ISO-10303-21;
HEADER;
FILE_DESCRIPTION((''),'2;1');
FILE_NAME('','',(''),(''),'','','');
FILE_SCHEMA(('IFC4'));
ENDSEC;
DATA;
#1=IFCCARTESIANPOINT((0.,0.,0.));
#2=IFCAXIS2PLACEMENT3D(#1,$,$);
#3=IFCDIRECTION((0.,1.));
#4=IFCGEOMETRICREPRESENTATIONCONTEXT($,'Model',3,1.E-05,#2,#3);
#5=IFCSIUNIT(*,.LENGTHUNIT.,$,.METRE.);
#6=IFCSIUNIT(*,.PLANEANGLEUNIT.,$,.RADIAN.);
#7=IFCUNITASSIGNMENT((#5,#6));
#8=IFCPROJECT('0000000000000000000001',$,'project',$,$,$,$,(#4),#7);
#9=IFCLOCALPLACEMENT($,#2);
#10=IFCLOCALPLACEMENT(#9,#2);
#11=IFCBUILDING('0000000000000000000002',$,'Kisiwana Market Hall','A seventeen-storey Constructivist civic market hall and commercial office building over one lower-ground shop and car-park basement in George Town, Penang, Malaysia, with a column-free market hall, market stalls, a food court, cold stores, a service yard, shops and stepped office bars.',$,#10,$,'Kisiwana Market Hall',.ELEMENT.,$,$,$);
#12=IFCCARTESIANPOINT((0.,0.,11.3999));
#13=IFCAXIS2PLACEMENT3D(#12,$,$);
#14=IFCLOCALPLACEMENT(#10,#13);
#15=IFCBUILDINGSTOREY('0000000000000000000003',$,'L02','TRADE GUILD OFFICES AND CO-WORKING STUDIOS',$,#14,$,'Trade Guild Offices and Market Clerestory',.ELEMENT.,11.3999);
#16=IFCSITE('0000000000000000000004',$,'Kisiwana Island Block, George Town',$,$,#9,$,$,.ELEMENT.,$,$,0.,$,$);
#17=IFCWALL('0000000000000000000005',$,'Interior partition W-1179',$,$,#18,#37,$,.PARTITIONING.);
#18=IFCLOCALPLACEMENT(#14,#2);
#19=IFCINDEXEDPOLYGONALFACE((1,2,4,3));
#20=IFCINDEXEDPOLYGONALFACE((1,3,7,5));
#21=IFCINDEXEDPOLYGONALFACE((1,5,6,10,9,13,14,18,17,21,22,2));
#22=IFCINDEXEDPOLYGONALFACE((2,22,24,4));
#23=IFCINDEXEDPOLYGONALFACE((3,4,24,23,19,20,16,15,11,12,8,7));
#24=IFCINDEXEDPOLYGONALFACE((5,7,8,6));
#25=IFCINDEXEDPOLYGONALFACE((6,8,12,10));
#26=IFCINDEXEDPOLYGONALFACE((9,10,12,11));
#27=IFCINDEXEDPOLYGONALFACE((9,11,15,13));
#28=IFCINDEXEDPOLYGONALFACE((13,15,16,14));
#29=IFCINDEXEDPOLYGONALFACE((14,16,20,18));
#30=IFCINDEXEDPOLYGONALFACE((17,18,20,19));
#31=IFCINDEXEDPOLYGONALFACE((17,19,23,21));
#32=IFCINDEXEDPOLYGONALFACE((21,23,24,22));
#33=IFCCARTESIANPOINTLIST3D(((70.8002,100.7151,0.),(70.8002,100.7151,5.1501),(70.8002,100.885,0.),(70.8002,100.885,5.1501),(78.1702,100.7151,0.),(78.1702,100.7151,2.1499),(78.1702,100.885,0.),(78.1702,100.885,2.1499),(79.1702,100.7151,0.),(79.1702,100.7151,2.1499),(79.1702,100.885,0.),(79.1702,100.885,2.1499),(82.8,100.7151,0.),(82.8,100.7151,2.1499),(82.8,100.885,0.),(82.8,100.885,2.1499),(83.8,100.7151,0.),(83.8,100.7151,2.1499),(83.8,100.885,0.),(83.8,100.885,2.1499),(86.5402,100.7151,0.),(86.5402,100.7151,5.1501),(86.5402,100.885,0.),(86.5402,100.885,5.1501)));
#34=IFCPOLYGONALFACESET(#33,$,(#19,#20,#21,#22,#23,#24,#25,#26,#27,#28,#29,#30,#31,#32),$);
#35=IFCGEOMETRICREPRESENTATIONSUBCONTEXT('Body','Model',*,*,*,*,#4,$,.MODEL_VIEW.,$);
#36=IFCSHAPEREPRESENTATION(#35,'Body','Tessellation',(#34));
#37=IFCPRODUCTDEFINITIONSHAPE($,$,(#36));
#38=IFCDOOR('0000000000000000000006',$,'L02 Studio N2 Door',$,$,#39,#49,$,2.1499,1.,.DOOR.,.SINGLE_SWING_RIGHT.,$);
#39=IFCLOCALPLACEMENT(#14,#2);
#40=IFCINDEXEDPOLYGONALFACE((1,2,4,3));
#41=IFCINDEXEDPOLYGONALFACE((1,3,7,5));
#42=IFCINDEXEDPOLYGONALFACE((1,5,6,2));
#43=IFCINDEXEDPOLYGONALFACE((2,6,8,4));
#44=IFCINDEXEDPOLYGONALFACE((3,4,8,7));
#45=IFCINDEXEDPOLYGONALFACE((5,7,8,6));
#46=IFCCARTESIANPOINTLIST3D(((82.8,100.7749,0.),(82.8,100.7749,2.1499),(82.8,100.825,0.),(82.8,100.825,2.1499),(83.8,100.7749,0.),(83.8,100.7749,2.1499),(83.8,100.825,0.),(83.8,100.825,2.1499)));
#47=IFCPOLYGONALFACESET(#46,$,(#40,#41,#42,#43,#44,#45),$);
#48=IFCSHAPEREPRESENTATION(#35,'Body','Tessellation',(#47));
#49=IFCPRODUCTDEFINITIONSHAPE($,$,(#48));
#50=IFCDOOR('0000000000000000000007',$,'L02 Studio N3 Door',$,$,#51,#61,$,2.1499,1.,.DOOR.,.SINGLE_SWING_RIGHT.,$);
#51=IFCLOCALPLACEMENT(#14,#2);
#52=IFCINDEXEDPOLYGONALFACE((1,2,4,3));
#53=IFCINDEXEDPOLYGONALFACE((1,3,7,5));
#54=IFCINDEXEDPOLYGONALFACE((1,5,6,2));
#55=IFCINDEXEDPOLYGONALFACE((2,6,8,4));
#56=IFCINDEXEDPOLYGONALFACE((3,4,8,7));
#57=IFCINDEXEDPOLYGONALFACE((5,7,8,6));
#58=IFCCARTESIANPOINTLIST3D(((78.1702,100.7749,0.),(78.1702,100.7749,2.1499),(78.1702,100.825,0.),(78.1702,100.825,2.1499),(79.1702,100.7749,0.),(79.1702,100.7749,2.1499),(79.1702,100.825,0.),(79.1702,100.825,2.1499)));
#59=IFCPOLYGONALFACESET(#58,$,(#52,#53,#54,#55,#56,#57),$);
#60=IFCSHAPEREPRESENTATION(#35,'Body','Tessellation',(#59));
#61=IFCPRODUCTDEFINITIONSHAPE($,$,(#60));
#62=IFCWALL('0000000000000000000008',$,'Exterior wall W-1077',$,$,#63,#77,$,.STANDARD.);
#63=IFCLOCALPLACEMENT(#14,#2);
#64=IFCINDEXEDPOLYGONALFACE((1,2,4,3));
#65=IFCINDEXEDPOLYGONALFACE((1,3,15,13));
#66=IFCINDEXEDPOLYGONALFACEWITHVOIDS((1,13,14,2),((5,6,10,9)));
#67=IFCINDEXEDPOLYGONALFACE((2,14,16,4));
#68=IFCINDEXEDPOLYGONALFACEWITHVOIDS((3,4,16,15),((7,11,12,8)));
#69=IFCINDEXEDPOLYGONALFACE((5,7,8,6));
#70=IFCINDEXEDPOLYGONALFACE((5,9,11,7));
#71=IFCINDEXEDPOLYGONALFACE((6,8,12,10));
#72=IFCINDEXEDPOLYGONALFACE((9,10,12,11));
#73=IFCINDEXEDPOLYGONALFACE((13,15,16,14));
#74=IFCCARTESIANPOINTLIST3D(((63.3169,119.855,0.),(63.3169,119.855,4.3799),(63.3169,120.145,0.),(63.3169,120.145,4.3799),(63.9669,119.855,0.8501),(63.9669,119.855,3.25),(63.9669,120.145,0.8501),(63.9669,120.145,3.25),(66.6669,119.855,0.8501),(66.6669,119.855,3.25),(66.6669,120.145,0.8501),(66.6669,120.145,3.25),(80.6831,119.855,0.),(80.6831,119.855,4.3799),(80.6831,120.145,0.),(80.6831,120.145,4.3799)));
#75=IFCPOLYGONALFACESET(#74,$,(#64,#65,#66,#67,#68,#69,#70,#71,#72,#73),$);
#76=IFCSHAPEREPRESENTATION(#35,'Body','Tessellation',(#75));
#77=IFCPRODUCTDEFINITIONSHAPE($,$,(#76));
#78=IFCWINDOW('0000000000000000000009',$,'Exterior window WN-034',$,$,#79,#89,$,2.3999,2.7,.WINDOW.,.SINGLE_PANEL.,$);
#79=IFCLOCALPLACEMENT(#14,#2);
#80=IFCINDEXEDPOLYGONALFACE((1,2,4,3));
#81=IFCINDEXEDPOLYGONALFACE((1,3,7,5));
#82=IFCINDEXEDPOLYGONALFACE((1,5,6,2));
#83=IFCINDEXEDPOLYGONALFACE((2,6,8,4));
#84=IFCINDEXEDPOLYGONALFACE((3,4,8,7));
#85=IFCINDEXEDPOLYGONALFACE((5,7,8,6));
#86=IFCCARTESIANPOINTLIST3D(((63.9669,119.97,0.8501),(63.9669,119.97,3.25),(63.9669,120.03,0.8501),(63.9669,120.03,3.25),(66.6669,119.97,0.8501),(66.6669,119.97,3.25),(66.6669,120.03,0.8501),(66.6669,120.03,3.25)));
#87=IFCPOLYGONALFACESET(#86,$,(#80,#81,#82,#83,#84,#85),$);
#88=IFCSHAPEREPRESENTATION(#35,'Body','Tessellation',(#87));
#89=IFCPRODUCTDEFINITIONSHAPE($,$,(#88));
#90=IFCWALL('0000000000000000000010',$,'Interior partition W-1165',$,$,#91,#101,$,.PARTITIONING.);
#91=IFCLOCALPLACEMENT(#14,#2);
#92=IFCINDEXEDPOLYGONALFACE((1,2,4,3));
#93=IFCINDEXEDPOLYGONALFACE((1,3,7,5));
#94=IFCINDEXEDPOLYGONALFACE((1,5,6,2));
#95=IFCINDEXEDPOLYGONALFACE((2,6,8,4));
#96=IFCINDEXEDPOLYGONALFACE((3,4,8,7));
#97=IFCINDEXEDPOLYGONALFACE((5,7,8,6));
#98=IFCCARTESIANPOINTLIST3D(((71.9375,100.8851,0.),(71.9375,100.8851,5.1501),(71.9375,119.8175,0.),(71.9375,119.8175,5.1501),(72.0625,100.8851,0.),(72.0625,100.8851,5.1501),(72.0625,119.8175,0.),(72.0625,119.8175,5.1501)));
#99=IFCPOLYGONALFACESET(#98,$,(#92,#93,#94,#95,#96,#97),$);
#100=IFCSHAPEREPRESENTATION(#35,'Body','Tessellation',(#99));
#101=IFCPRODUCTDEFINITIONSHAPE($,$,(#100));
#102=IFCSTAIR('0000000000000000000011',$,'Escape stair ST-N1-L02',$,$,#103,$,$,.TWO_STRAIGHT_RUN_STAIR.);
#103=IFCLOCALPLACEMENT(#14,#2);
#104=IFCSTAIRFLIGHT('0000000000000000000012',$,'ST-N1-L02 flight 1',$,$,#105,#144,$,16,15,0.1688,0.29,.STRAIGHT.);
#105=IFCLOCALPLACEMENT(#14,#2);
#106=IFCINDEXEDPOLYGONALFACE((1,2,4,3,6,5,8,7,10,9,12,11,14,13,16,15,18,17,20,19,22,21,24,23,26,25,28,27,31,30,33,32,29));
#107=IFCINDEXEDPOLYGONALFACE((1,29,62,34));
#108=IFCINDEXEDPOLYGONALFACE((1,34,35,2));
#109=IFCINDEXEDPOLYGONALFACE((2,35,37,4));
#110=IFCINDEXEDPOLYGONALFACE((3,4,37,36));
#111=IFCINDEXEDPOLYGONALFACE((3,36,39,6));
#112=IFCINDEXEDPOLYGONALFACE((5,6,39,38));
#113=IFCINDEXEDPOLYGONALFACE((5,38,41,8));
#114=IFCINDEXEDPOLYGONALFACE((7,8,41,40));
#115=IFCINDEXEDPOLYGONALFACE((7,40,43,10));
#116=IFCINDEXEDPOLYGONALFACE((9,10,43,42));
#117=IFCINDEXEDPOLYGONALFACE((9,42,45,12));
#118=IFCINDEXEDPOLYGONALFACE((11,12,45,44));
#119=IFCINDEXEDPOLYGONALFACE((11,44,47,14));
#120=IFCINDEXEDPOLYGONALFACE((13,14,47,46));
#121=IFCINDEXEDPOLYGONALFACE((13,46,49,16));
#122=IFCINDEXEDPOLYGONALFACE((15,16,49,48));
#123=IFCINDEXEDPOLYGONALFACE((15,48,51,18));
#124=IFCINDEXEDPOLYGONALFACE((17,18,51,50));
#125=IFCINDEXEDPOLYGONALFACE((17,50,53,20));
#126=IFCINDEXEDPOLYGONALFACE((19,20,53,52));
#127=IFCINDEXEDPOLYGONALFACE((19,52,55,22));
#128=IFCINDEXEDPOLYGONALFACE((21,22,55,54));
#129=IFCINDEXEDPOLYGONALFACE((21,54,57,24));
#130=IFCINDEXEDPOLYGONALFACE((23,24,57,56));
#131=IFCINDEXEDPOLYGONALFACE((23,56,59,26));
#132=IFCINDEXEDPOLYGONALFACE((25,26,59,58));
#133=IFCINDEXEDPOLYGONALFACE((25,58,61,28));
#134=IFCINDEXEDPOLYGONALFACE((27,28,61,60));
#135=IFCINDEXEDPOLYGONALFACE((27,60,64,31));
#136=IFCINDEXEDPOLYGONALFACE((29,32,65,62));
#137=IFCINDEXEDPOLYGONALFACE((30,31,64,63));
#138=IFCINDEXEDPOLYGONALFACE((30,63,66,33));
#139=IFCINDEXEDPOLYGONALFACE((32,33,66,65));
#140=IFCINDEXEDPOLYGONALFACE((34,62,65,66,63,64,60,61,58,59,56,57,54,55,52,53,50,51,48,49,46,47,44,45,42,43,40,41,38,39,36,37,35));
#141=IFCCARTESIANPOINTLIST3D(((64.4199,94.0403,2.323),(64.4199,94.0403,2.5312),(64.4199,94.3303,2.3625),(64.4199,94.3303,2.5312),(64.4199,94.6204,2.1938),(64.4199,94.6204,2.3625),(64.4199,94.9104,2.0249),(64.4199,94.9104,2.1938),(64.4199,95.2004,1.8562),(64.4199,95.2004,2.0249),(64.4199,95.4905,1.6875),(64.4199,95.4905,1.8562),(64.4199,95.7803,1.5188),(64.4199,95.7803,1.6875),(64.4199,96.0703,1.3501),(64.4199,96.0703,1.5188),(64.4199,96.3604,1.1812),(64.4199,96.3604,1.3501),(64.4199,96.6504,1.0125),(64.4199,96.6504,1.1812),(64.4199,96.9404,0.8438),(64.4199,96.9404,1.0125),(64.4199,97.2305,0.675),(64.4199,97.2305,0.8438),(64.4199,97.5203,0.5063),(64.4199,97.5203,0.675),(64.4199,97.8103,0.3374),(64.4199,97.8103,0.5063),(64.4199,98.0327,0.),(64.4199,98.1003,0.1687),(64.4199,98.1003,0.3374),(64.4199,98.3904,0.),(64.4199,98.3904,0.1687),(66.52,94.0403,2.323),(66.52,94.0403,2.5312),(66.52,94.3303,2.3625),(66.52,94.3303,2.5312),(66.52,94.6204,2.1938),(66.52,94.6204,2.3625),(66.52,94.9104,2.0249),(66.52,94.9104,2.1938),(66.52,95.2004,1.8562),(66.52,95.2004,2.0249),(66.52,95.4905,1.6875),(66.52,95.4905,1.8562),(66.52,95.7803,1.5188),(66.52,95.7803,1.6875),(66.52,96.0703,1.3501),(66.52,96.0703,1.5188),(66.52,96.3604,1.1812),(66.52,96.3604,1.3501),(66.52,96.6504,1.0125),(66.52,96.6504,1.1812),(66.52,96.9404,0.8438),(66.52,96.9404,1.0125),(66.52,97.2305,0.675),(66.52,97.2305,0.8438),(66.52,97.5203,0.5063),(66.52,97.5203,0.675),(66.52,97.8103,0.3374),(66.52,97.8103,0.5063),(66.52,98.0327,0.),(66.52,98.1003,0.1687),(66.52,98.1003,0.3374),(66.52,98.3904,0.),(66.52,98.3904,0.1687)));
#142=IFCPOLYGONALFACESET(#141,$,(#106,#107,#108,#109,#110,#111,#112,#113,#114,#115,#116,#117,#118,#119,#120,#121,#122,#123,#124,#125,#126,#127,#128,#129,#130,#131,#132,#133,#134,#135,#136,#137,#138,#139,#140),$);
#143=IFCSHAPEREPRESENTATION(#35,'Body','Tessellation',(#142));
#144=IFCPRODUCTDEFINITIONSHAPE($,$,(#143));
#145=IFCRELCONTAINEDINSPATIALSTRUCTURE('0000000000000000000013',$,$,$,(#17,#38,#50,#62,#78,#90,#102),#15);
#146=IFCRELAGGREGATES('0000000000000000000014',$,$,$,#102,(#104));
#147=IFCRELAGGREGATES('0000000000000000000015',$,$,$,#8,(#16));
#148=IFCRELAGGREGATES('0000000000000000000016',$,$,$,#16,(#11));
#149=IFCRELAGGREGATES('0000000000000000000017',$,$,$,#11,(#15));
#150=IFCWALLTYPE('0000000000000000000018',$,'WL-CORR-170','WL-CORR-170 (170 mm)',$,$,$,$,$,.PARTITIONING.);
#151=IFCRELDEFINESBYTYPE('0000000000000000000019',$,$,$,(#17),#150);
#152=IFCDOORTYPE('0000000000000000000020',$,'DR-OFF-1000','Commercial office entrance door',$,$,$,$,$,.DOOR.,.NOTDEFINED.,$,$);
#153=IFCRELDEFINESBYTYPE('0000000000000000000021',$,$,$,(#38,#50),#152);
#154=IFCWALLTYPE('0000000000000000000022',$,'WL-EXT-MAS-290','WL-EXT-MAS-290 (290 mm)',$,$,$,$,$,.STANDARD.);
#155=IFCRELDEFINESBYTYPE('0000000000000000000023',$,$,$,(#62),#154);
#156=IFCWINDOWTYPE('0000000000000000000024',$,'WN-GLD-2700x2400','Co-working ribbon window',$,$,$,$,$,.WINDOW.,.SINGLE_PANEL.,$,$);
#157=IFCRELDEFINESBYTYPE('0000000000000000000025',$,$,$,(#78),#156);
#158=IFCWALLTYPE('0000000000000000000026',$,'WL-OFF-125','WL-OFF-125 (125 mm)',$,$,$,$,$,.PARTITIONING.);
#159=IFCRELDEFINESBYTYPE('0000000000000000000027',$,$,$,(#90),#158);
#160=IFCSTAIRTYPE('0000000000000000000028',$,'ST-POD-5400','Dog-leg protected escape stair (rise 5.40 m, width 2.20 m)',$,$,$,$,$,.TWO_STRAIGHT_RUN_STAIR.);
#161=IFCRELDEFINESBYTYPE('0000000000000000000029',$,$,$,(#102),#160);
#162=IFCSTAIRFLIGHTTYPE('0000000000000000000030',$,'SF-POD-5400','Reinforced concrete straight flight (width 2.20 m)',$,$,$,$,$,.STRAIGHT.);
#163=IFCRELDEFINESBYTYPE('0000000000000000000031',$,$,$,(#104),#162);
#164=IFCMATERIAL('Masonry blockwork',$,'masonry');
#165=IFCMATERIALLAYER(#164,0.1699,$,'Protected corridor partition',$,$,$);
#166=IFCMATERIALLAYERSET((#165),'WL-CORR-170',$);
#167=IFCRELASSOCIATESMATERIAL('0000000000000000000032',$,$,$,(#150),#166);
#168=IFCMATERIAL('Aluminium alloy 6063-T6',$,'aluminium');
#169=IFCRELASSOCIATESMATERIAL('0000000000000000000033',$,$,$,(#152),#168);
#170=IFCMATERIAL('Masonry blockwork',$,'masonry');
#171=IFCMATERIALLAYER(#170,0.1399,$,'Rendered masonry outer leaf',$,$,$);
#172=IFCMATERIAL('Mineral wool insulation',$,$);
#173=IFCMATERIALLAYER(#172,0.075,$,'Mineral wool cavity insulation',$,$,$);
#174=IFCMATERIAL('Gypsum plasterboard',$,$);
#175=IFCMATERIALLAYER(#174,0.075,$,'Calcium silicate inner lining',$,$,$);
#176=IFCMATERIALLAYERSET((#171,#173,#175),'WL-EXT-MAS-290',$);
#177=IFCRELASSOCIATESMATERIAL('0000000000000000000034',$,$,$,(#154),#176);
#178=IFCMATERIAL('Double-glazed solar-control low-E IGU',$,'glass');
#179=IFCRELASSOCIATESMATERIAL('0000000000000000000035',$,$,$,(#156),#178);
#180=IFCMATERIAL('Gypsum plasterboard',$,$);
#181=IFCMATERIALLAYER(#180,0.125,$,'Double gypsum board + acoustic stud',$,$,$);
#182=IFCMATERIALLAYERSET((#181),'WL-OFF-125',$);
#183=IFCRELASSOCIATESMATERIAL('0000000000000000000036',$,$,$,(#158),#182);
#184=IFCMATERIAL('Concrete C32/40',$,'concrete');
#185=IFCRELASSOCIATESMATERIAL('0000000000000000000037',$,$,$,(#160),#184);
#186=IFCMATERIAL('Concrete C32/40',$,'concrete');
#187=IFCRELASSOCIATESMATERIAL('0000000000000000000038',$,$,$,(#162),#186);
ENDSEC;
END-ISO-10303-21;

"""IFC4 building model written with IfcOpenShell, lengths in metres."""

from ifc_helpers import new_model, si_unit, direction, frame, frame_2d, origin, place, context, subcontext, project, spatial, polyline, rectangle, outline, extrude, material, layer, layer_set, type_object, element, fill, aggregate, save


model = new_model("IFC4")

# Units and contexts
model_context = context("Model", 3, precision=1e-05, world=origin(), true_north=direction((0.0, 1.0)))
body_context = subcontext(model_context, "Body", "Model", "MODEL_VIEW")
ifc_project = project(units=[si_unit("LENGTHUNIT", "METRE"), si_unit("PLANEANGLEUNIT", "RADIAN")], contexts=[model_context])

# Site, building, storey
site_placement = place(None, origin())
site = spatial("IfcSite", under=ifc_project, at=site_placement, Name="Kisiwana Island Block, George Town", CompositionType="ELEMENT", RefElevation=0.0)
building_placement = place(site_placement, origin())
building = spatial("IfcBuilding", under=site, at=building_placement, Name="Kisiwana Market Hall", Description="A seventeen-storey Constructivist civic market hall and commercial office building over one lower-ground shop and car-park basement in George Town, Penang, Malaysia, with a column-free market hall, market stalls, a food court, cold stores, a service yard, shops and stepped office bars.", LongName="Kisiwana Market Hall", CompositionType="ELEMENT")
storey_placement = place(building_placement, frame((0.0, 0.0, 11.3999)))
storey = spatial("IfcBuildingStorey", under=building, at=storey_placement, Name="L02", Description="TRADE GUILD OFFICES AND CO-WORKING STUDIOS", LongName="Trade Guild Offices and Market Clerestory", CompositionType="ELEMENT", Elevation=11.3999)

# Wall, openings, doors
ifc_material_1 = material(Name="Masonry blockwork", Category="masonry")
ifc_layer_1 = layer(ifc_material_1, 0.1699, Name="Protected corridor partition")
ifc_layer_set_1 = layer_set([ifc_layer_1], Name="WL-CORR-170")
wall_type_1 = type_object("IfcWallType", Name="WL-CORR-170", Description="WL-CORR-170 (170 mm)", PredefinedType="PARTITIONING", material=ifc_layer_set_1)
wall_1_placement = place(storey_placement, frame((70.8, 100.8, 0.0), z_axis=(0.0, 0.0, 1.0), x_axis=(1.0, 0.0, 0.0)))
wall_1 = element("IfcWall", 1, at=wall_1_placement, inside=storey, type_object=wall_type_1, Name="Interior partition W-1179", PredefinedType="PARTITIONING", context=body_context, shape_type="SweptSolid", body=[
    extrude(rectangle(XDim=15.74, YDim=0.1699, at=frame_2d((7.8701, 0.0))), origin(), (0.0, 0.0, 1.0), 5.1501),
])
opening_1_placement = place(wall_1_placement, frame((12.0, 0.0, 0.0)))
opening_1 = element("IfcOpeningElement", 2, at=opening_1_placement, cuts=wall_1, PredefinedType="OPENING", context=body_context, shape_type="SweptSolid", body=[
    extrude(rectangle(XDim=1.0, YDim=2.1499, at=frame_2d((0.5, 1.075))), frame((0.0, 0.0969, 0.0), z_axis=(0.0, -1.0, 0.0), x_axis=(1.0, 0.0, 0.0)), (0.0, 0.0, 1.0), 0.1938),
])
opening_2_placement = place(wall_1_placement, frame((7.3701, 0.0, 0.0)))
opening_2 = element("IfcOpeningElement", 3, at=opening_2_placement, cuts=wall_1, PredefinedType="OPENING", context=body_context, shape_type="SweptSolid", body=[
    extrude(rectangle(XDim=1.0, YDim=2.1499, at=frame_2d((0.5, 1.075))), frame((0.0, 0.0969, 0.0), z_axis=(0.0, -1.0, 0.0), x_axis=(1.0, 0.0, 0.0)), (0.0, 0.0, 1.0), 0.1938),
])
ifc_material_2 = material(Name="Aluminium alloy 6063-T6", Category="aluminium")
door_type = type_object("IfcDoorType", Name="DR-OFF-1000", Description="Commercial office entrance door", OperationType="NOTDEFINED", PredefinedType="DOOR", material=ifc_material_2)
door_1_placement = place(opening_1_placement, origin())
door_1 = element("IfcDoor", 4, at=door_1_placement, inside=storey, type_object=door_type, Name="L02 Studio N2 Door", OperationType="SINGLE_SWING_RIGHT", OverallHeight=2.1499, OverallWidth=1.0, PredefinedType="DOOR", context=body_context, shape_type="SweptSolid", body=[
    extrude(rectangle(XDim=1.0, YDim=2.1499, at=frame_2d((0.5, 1.075))), frame((0.0, 0.0249, 0.0), z_axis=(0.0, -1.0, 0.0), x_axis=(1.0, 0.0, 0.0)), (0.0, 0.0, 1.0), 0.05),
])
fill(opening_1, door_1)
door_2_placement = place(opening_2_placement, origin())
door_2 = element("IfcDoor", 5, at=door_2_placement, inside=storey, type_object=door_type, Name="L02 Studio N3 Door", OperationType="SINGLE_SWING_RIGHT", OverallHeight=2.1499, OverallWidth=1.0, PredefinedType="DOOR", context=body_context, shape_type="SweptSolid", body=[
    extrude(rectangle(XDim=1.0, YDim=2.1499, at=frame_2d((0.5, 1.075))), frame((0.0, 0.0249, 0.0), z_axis=(0.0, -1.0, 0.0), x_axis=(1.0, 0.0, 0.0)), (0.0, 0.0, 1.0), 0.05),
])
fill(opening_2, door_2)

# Wall, opening, window
ifc_material_3 = material(Name="Masonry blockwork", Category="masonry")
ifc_layer_2 = layer(ifc_material_3, 0.1399, Name="Rendered masonry outer leaf")
ifc_material_4 = material(Name="Mineral wool insulation")
ifc_layer_3 = layer(ifc_material_4, 0.075, Name="Mineral wool cavity insulation")
ifc_material_5 = material(Name="Gypsum plasterboard")
ifc_layer_4 = layer(ifc_material_5, 0.075, Name="Calcium silicate inner lining")
ifc_layer_set_2 = layer_set([ifc_layer_2, ifc_layer_3, ifc_layer_4], Name="WL-EXT-MAS-290")
wall_type_2 = type_object("IfcWallType", Name="WL-EXT-MAS-290", Description="WL-EXT-MAS-290 (290 mm)", PredefinedType="STANDARD", material=ifc_layer_set_2)
wall_2_placement = place(storey_placement, frame((63.3169, 120.0, 0.0), z_axis=(0.0, 0.0, 1.0), x_axis=(1.0, 0.0, 0.0)))
wall_2 = element("IfcWall", 6, at=wall_2_placement, inside=storey, type_object=wall_type_2, Name="Exterior wall W-1077", PredefinedType="STANDARD", context=body_context, shape_type="SweptSolid", body=[
    extrude(rectangle(XDim=17.3662, YDim=0.29, at=frame_2d((8.6831, 0.0))), origin(), (0.0, 0.0, 1.0), 4.3799),
])
opening_3_placement = place(wall_2_placement, frame((0.6499, 0.0, 0.8501)))
opening_3 = element("IfcOpeningElement", 7, at=opening_3_placement, cuts=wall_2, PredefinedType="OPENING", context=body_context, shape_type="SweptSolid", body=[
    extrude(rectangle(XDim=2.7, YDim=2.3999, at=frame_2d((1.3501, 1.2))), frame((0.0, 0.157, 0.0), z_axis=(0.0, -1.0, 0.0), x_axis=(1.0, 0.0, 0.0)), (0.0, 0.0, 1.0), 0.314),
])
ifc_material_6 = material(Name="Double-glazed solar-control low-E IGU", Category="glass")
window_type = type_object("IfcWindowType", Name="WN-GLD-2700x2400", Description="Co-working ribbon window", PartitioningType="SINGLE_PANEL", PredefinedType="WINDOW", material=ifc_material_6)
window_placement = place(opening_3_placement, origin())
window = element("IfcWindow", 8, at=window_placement, inside=storey, type_object=window_type, Name="Exterior window WN-034", OverallHeight=2.3999, OverallWidth=2.7, PartitioningType="SINGLE_PANEL", PredefinedType="WINDOW", context=body_context, shape_type="SweptSolid", body=[
    extrude(rectangle(XDim=2.7, YDim=2.3999, at=frame_2d((1.3501, 1.2))), frame((0.0, 0.03, 0.0), z_axis=(0.0, -1.0, 0.0), x_axis=(1.0, 0.0, 0.0)), (0.0, 0.0, 1.0), 0.0601),
])
fill(opening_3, window)

# Wall
ifc_material_7 = material(Name="Gypsum plasterboard")
ifc_layer_5 = layer(ifc_material_7, 0.125, Name="Double gypsum board + acoustic stud")
ifc_layer_set_3 = layer_set([ifc_layer_5], Name="WL-OFF-125")
wall_type_3 = type_object("IfcWallType", Name="WL-OFF-125", Description="WL-OFF-125 (125 mm)", PredefinedType="PARTITIONING", material=ifc_layer_set_3)
wall_3_placement = place(storey_placement, frame((72.0, 100.885, 0.0), z_axis=(0.0, 0.0, 1.0), x_axis=(0.0, 1.0, 0.0)))
element("IfcWall", 9, at=wall_3_placement, inside=storey, type_object=wall_type_3, Name="Interior partition W-1165", PredefinedType="PARTITIONING", context=body_context, shape_type="SweptSolid", body=[
    extrude(rectangle(XDim=18.9324, YDim=0.125, at=frame_2d((9.4663, 0.0))), origin(), (0.0, 0.0, 1.0), 5.1501),
])

# Stair, stair flight
ifc_material_8 = material(Name="Concrete C32/40", Category="concrete")
stair_type = type_object("IfcStairType", Name="ST-POD-5400", Description="Dog-leg protected escape stair (rise 5.40 m, width 2.20 m)", PredefinedType="TWO_STRAIGHT_RUN_STAIR", material=ifc_material_8)
stair_placement = place(storey_placement, origin())
stair = element("IfcStair", 10, at=stair_placement, inside=storey, type_object=stair_type, Name="Escape stair ST-N1-L02", PredefinedType="TWO_STRAIGHT_RUN_STAIR")
ifc_material_9 = material(Name="Concrete C32/40", Category="concrete")
stair_flight_type = type_object("IfcStairFlightType", Name="SF-POD-5400", Description="Reinforced concrete straight flight (width 2.20 m)", PredefinedType="STRAIGHT", material=ifc_material_9)
stair_flight_1_placement = place(storey_placement, frame((65.47, 98.3904, 0.0), z_axis=(0.0, 0.0, 1.0), x_axis=(0.0, -1.0, 0.0)))
stair_flight_1 = element("IfcStairFlight", 11, at=stair_flight_1_placement, type_object=stair_flight_type, Name="ST-N1-L02 flight 1", NumberOfRisers=16, NumberOfTreads=15, PredefinedType="STRAIGHT", RiserHeight=0.1688, TreadLength=0.29, context=body_context, shape_type="SweptSolid", body=[
    extrude(outline(polyline([(0.0, 0.0), (0.0, 0.1687), (0.29, 0.1687), (0.29, 0.3374), (0.5801, 0.3374), (0.5801, 0.5063), (0.8701, 0.5063), (0.8701, 0.675), (1.1599, 0.675), (1.1599, 0.8438), (1.45, 0.8438), (1.45, 1.0125), (1.74, 1.0125), (1.74, 1.1812), (2.03, 1.1812), (2.03, 1.3501), (2.3201, 1.3501), (2.3201, 1.5188), (2.6101, 1.5188), (2.6101, 1.6875), (2.8999, 1.6875), (2.8999, 1.8562), (3.1899, 1.8562), (3.1899, 2.0249), (3.48, 2.0249), (3.48, 2.1938), (3.77, 2.1938), (3.77, 2.3625), (4.0601, 2.3625), (4.0601, 2.5312), (4.3501, 2.5312), (4.3501, 2.7), (4.3501, 2.323), (0.3577, 0.0), (0.0, 0.0)])), frame((0.0, 1.05, 0.0), z_axis=(0.0, -1.0, 0.0), x_axis=(1.0, 0.0, 0.0)), (0.0, 0.0, 1.0), 2.1001),
])
aggregate(stair, [stair_flight_1])

save(model, "model.ifc")
